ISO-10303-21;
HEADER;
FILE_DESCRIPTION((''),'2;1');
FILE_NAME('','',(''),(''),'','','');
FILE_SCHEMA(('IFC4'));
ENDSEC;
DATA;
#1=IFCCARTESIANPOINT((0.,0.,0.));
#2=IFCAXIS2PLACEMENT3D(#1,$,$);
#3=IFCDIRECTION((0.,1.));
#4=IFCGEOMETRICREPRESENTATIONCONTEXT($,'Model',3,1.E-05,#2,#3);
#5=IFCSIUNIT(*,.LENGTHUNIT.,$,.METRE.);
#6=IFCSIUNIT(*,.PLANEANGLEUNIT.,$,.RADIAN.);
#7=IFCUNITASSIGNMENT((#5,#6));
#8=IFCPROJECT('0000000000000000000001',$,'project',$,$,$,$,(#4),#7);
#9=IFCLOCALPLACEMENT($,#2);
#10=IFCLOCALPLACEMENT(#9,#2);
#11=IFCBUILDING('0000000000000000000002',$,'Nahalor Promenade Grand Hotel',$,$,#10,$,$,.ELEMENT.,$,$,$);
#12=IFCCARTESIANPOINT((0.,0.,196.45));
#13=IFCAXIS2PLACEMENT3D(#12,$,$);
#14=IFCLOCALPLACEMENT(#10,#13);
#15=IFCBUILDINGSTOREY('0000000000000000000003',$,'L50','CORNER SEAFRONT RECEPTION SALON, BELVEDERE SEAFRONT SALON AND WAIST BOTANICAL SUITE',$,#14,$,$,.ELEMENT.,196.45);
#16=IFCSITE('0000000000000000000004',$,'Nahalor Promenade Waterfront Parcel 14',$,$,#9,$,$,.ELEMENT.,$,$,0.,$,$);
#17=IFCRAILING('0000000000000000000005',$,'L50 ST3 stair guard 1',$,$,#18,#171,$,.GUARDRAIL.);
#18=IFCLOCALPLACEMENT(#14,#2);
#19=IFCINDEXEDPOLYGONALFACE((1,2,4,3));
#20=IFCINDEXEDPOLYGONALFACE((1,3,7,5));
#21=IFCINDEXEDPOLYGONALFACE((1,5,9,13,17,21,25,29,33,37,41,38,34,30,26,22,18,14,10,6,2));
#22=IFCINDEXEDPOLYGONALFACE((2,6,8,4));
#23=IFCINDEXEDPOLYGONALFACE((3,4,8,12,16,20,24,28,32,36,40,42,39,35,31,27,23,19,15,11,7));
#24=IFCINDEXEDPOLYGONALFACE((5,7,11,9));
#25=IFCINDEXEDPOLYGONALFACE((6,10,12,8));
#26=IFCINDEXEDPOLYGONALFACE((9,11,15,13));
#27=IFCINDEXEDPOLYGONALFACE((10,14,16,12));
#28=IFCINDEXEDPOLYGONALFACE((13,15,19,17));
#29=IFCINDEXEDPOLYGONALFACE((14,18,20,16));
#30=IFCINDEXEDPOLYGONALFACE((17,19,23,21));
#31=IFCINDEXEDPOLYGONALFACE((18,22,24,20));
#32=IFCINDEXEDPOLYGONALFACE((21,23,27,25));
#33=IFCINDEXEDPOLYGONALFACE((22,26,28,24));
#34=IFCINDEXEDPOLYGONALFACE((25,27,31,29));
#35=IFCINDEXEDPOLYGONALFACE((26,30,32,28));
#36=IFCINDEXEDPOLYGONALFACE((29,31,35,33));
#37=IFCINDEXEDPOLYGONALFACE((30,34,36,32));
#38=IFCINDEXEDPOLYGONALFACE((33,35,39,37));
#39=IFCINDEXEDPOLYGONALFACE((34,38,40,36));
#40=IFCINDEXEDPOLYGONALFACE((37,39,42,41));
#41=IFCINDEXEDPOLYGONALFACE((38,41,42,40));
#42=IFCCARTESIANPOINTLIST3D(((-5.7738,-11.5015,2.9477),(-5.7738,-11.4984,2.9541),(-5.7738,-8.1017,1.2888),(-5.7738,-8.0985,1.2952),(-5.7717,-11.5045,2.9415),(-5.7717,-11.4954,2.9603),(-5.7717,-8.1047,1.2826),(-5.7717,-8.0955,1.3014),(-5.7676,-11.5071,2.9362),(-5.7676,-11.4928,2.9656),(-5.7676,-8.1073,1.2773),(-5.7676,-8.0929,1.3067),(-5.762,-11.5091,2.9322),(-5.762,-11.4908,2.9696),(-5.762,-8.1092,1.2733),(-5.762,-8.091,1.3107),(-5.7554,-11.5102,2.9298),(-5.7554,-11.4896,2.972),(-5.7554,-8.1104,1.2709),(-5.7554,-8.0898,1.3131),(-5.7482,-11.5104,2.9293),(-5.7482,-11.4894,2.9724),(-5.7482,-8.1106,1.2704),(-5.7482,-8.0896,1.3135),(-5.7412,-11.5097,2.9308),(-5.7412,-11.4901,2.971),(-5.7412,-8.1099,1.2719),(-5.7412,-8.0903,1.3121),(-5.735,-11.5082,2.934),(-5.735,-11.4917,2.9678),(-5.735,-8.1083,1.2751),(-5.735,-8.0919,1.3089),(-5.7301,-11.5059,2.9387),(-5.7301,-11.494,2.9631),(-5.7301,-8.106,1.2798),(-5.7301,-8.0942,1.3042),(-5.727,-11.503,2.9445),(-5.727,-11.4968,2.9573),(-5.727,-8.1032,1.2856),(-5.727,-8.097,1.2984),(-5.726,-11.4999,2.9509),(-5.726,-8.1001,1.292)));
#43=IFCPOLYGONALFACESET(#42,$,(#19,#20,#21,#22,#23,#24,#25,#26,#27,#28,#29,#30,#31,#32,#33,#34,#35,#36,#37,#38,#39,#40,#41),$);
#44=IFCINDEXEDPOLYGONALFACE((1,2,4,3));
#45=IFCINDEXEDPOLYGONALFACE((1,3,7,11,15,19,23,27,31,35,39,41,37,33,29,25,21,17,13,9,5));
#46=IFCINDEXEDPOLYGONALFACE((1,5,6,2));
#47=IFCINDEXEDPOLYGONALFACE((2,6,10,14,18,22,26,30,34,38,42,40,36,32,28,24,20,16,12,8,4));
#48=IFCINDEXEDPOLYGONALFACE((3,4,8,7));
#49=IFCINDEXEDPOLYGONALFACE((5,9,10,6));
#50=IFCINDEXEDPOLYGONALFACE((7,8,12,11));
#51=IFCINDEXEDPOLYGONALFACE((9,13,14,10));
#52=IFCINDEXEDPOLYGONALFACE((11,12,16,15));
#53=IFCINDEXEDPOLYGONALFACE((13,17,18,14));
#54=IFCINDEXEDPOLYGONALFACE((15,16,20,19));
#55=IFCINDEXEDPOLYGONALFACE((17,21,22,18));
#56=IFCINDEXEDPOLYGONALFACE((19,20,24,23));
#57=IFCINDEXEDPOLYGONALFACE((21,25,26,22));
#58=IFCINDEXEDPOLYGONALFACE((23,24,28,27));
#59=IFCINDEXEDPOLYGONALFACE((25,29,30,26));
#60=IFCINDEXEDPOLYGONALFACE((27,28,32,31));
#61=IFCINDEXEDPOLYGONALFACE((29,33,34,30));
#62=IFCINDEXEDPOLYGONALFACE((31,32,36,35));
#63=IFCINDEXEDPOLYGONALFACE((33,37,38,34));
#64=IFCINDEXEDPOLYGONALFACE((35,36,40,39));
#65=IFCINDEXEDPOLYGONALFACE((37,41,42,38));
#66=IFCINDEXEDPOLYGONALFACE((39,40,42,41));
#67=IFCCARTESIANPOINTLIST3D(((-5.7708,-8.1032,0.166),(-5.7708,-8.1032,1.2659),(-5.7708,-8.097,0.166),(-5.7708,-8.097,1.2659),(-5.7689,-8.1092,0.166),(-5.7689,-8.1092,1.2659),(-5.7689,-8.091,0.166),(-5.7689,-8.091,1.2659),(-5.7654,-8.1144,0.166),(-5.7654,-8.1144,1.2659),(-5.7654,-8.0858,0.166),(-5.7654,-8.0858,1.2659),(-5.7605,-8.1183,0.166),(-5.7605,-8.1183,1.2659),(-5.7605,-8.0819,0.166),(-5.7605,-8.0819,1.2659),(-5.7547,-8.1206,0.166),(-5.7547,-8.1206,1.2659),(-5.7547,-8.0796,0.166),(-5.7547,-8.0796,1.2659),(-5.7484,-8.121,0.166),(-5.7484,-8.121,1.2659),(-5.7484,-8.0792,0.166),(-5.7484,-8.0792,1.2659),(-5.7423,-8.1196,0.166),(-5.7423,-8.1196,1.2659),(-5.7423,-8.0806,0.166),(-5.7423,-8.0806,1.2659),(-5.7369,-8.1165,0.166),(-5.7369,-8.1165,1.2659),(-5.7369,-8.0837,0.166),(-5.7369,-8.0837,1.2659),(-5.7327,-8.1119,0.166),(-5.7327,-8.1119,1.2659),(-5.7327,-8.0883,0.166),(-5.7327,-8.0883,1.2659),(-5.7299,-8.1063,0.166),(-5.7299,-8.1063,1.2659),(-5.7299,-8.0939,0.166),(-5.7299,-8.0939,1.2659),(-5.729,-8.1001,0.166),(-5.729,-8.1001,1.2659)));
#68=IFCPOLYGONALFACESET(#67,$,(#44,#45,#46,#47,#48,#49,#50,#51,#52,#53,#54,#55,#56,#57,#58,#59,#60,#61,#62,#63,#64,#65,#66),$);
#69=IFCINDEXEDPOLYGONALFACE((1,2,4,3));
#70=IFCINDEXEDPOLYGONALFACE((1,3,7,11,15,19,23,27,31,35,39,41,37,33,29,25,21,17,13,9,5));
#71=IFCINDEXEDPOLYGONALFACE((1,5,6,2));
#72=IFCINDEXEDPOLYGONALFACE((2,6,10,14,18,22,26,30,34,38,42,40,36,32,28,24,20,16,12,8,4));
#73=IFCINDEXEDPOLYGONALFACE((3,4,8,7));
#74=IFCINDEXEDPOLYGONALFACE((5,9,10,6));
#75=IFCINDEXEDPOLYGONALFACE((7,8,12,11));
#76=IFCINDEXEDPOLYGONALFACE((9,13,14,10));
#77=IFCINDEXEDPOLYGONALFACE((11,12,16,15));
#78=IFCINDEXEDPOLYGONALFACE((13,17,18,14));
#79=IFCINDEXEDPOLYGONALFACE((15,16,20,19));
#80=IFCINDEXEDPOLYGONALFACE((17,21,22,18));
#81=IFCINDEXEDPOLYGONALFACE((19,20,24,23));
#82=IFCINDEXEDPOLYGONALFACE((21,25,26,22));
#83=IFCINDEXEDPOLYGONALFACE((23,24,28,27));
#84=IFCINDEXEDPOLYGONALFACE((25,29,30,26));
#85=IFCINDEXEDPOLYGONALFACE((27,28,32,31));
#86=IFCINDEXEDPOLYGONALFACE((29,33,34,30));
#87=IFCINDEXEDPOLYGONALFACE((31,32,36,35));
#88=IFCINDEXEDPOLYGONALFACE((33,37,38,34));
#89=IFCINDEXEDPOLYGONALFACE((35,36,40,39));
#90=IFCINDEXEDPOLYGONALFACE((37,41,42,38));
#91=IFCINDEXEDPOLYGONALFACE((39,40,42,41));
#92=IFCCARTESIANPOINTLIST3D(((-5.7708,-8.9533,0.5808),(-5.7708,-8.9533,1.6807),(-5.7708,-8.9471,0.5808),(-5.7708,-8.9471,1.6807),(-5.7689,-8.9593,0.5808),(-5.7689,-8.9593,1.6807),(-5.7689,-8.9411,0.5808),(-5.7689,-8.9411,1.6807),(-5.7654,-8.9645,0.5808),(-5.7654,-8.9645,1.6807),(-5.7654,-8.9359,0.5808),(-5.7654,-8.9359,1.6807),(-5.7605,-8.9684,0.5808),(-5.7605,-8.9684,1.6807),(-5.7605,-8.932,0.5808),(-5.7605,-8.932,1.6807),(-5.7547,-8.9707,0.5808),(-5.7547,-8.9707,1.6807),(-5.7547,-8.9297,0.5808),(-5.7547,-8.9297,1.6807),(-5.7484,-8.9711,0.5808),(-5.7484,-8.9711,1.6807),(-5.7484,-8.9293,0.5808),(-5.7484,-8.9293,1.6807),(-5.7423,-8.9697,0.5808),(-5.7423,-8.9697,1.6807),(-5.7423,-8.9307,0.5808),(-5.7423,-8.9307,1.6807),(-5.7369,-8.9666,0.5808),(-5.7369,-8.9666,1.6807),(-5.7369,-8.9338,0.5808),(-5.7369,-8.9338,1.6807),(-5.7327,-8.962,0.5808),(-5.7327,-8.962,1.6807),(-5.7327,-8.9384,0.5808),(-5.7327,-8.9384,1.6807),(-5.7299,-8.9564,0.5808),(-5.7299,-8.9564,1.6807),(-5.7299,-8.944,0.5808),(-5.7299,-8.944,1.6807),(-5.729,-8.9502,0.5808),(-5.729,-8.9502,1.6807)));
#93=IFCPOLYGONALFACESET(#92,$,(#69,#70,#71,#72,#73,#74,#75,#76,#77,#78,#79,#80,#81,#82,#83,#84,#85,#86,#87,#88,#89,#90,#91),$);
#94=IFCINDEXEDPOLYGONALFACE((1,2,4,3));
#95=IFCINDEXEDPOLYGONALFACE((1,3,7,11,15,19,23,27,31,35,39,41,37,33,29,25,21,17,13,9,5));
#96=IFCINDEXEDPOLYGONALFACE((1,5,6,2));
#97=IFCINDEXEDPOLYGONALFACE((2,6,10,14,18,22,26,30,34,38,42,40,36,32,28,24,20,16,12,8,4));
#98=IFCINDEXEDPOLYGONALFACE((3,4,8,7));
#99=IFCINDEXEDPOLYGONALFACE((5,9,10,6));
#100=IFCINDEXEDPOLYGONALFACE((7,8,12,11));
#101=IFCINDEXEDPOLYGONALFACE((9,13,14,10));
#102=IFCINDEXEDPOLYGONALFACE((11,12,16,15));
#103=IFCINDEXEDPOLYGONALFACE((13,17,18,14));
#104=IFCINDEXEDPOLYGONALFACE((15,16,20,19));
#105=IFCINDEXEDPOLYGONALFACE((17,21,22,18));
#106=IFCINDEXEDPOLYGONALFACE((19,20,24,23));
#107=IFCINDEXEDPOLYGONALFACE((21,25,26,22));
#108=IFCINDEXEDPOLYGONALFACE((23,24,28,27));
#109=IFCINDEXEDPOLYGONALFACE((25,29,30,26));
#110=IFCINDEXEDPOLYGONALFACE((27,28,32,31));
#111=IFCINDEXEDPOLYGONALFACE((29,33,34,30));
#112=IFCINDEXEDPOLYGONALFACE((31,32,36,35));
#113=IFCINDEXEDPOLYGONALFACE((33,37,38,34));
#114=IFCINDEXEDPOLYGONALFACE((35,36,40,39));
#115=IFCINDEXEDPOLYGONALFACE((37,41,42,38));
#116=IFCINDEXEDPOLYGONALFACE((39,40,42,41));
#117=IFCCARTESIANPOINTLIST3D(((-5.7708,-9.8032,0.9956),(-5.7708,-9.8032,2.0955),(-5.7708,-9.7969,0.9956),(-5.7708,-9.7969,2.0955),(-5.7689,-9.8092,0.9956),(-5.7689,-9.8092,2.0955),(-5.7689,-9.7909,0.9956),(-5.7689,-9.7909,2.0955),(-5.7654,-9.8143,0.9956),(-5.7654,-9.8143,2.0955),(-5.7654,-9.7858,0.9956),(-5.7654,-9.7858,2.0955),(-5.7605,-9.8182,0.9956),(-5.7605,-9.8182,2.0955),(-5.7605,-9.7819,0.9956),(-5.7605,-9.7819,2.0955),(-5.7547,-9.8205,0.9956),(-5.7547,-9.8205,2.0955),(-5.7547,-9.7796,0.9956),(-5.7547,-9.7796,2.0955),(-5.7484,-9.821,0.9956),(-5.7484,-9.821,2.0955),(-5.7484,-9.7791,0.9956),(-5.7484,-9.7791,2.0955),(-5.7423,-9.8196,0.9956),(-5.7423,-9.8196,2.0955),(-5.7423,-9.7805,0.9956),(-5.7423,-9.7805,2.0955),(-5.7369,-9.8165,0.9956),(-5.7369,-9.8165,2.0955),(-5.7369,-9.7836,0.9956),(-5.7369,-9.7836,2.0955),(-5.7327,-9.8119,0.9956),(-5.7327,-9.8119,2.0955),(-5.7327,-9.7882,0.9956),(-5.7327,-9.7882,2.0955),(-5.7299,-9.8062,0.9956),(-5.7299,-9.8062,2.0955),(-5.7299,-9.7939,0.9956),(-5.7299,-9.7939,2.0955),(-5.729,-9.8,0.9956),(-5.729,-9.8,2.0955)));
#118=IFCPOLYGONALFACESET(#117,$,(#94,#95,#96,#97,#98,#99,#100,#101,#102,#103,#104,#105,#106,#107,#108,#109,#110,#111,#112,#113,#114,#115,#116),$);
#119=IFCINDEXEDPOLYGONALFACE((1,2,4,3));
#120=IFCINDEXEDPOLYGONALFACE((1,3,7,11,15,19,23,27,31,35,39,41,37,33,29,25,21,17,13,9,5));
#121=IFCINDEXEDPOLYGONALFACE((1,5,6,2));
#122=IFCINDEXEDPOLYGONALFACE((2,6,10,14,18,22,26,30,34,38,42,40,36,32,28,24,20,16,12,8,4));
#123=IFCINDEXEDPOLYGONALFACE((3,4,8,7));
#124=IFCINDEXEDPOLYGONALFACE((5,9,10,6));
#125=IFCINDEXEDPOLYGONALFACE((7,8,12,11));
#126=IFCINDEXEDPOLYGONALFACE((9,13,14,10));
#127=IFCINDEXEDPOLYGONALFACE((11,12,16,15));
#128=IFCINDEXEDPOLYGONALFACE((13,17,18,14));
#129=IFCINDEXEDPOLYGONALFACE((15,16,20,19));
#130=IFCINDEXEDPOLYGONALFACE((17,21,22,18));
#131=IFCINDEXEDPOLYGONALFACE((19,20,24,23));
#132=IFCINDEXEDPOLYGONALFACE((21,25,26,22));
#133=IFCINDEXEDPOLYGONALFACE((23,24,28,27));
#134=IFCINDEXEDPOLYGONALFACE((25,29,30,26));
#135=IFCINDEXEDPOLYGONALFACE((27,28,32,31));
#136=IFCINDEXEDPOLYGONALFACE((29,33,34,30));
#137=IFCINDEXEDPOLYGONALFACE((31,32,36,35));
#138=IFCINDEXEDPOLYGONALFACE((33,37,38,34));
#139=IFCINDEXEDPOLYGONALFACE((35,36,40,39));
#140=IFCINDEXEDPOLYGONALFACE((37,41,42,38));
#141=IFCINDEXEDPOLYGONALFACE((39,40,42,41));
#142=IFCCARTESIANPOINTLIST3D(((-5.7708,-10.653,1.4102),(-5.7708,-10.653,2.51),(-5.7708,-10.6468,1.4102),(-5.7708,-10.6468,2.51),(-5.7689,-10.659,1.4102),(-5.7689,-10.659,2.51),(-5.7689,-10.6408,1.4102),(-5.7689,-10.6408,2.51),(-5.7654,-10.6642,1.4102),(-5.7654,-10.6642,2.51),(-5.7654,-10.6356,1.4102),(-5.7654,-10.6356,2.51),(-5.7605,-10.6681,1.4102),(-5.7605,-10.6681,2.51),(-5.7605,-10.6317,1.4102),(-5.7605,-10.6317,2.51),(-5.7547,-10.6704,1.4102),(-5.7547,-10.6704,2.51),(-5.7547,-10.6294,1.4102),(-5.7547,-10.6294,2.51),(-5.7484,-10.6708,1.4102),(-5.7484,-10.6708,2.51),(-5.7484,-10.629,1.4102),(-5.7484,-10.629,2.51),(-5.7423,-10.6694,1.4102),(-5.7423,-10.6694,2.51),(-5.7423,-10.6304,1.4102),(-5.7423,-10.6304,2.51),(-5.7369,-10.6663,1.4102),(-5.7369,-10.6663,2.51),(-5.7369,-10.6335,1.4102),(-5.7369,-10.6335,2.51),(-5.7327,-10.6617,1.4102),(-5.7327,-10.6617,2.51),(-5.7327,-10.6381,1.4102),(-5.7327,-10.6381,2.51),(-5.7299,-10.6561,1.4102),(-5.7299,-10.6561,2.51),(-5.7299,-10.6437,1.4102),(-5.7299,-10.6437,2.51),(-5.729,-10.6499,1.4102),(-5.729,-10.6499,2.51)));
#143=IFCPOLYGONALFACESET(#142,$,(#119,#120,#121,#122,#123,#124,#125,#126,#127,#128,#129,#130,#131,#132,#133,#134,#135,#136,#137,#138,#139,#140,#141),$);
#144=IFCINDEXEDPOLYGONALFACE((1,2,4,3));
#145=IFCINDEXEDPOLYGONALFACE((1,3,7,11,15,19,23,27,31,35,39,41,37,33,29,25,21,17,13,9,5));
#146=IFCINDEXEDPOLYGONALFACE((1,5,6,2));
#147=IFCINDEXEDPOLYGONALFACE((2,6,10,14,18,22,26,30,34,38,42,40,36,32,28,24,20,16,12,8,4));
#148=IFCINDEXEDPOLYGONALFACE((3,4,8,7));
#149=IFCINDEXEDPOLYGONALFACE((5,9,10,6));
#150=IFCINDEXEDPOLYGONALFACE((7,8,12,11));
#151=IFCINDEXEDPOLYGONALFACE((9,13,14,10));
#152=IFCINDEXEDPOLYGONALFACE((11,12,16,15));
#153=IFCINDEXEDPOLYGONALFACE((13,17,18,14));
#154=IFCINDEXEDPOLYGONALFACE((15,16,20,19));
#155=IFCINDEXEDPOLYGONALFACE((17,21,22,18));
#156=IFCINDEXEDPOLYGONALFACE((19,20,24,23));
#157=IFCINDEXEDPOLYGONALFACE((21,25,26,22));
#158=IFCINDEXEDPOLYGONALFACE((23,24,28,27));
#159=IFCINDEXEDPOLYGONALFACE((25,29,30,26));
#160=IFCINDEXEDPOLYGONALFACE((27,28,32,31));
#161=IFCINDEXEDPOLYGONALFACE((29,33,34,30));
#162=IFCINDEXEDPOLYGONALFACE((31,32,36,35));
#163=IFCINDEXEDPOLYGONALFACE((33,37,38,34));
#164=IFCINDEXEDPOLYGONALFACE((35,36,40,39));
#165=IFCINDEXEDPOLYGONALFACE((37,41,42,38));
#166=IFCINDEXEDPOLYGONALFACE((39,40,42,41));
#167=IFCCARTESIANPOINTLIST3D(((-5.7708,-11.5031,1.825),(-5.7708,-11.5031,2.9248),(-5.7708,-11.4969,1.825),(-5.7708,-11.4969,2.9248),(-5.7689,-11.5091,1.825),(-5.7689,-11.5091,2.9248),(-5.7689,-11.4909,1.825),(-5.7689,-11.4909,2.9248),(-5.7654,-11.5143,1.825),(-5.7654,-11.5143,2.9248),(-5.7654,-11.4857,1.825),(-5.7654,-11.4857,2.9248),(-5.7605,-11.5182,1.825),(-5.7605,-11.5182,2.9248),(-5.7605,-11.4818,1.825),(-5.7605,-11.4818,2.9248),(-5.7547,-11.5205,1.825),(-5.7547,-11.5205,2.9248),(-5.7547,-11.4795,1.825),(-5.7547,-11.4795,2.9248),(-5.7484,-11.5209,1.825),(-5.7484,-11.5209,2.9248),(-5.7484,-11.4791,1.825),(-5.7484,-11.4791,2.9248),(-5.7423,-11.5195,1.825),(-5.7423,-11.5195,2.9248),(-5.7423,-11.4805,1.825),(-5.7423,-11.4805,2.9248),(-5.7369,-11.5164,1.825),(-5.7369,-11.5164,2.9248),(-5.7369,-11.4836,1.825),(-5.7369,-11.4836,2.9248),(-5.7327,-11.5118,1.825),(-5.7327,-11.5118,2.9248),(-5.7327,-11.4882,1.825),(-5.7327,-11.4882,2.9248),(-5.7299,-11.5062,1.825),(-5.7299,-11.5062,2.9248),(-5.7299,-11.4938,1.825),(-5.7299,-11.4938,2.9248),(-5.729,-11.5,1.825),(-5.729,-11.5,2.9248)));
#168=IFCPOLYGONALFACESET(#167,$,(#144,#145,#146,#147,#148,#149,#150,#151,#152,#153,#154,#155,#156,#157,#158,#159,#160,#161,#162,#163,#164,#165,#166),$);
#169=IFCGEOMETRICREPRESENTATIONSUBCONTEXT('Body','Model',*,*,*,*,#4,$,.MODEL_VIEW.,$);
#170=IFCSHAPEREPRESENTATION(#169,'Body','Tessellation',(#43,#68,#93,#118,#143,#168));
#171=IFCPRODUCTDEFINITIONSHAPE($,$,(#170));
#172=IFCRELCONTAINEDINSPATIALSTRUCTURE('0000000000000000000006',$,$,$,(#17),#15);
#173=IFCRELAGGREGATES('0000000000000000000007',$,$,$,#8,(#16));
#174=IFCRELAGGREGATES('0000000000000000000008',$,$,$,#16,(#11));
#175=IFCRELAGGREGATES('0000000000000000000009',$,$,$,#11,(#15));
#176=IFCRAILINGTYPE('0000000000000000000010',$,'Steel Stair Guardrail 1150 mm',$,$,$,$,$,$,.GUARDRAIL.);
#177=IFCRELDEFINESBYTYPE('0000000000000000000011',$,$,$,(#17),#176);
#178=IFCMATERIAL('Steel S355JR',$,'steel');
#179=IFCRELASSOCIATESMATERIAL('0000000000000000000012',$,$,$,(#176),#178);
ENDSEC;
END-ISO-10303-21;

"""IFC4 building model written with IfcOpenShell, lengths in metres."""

from ifc_helpers import new_model, si_unit, direction, frame, origin, origin_2d, place, context, subcontext, project, spatial, circle, extrude, material, type_object, element, save


model = new_model("IFC4")

# Units and contexts
model_context = context("Model", 3, precision=1e-05, world=origin(), true_north=direction((0.0, 1.0)))
body_context = subcontext(model_context, "Body", "Model", "MODEL_VIEW")
ifc_project = project(units=[si_unit("LENGTHUNIT", "METRE"), si_unit("PLANEANGLEUNIT", "RADIAN")], contexts=[model_context])

# Site, building, storey
site_placement = place(None, origin())
site = spatial("IfcSite", under=ifc_project, at=site_placement, Name="Nahalor Promenade Waterfront Parcel 14", CompositionType="ELEMENT", RefElevation=0.0)
building_placement = place(site_placement, origin())
building = spatial("IfcBuilding", under=site, at=building_placement, Name="Nahalor Promenade Grand Hotel", CompositionType="ELEMENT")
storey_placement = place(building_placement, frame((0.0, 0.0, 196.45)))
storey = spatial("IfcBuildingStorey", under=building, at=storey_placement, Name="L50", Description="CORNER SEAFRONT RECEPTION SALON, BELVEDERE SEAFRONT SALON AND WAIST BOTANICAL SUITE", CompositionType="ELEMENT", Elevation=196.45)

# Shared definitions
ifc_material_1 = material(Name="Steel S355JR", Category="steel")

# Railing
railing_type_1 = type_object("IfcRailingType", Name="Steel Stair Guardrail 1150 mm", PredefinedType="GUARDRAIL", material=ifc_material_1)
railing_1_placement = place(storey_placement, frame((-5.75, -8.1001, 0.166)))
element("IfcRailing", 1, at=railing_1_placement, inside=storey, type_object=railing_type_1, Name="L50 ST3 stair guard 1", PredefinedType="GUARDRAIL", context=body_context, shape_type="SweptSolid", body=[
    extrude(circle(Radius=0.024, at=origin_2d()), frame((0.0, 0.0, 1.126), z_axis=(0.0, -0.898722, 0.438519), x_axis=(1.0, 0.0, 0.0)), (0.0, 0.0, 1.0), 3.783),
    extrude(circle(Radius=0.021, at=origin_2d()), origin(), (0.0, 0.0, 1.0), 1.0999),
    extrude(circle(Radius=0.021, at=origin_2d()), frame((0.0, -0.8501, 0.4148)), (0.0, 0.0, 1.0), 1.0999),
    extrude(circle(Radius=0.021, at=origin_2d()), frame((0.0, -1.7, 0.8296)), (0.0, 0.0, 1.0), 1.0999),
    extrude(circle(Radius=0.021, at=origin_2d()), frame((0.0, -2.5498, 1.2441)), (0.0, 0.0, 1.0), 1.0999),
    extrude(circle(Radius=0.021, at=origin_2d()), frame((0.0, -3.3999, 1.6589)), (0.0, 0.0, 1.0), 1.0999),
])

save(model, "model.ifc")
